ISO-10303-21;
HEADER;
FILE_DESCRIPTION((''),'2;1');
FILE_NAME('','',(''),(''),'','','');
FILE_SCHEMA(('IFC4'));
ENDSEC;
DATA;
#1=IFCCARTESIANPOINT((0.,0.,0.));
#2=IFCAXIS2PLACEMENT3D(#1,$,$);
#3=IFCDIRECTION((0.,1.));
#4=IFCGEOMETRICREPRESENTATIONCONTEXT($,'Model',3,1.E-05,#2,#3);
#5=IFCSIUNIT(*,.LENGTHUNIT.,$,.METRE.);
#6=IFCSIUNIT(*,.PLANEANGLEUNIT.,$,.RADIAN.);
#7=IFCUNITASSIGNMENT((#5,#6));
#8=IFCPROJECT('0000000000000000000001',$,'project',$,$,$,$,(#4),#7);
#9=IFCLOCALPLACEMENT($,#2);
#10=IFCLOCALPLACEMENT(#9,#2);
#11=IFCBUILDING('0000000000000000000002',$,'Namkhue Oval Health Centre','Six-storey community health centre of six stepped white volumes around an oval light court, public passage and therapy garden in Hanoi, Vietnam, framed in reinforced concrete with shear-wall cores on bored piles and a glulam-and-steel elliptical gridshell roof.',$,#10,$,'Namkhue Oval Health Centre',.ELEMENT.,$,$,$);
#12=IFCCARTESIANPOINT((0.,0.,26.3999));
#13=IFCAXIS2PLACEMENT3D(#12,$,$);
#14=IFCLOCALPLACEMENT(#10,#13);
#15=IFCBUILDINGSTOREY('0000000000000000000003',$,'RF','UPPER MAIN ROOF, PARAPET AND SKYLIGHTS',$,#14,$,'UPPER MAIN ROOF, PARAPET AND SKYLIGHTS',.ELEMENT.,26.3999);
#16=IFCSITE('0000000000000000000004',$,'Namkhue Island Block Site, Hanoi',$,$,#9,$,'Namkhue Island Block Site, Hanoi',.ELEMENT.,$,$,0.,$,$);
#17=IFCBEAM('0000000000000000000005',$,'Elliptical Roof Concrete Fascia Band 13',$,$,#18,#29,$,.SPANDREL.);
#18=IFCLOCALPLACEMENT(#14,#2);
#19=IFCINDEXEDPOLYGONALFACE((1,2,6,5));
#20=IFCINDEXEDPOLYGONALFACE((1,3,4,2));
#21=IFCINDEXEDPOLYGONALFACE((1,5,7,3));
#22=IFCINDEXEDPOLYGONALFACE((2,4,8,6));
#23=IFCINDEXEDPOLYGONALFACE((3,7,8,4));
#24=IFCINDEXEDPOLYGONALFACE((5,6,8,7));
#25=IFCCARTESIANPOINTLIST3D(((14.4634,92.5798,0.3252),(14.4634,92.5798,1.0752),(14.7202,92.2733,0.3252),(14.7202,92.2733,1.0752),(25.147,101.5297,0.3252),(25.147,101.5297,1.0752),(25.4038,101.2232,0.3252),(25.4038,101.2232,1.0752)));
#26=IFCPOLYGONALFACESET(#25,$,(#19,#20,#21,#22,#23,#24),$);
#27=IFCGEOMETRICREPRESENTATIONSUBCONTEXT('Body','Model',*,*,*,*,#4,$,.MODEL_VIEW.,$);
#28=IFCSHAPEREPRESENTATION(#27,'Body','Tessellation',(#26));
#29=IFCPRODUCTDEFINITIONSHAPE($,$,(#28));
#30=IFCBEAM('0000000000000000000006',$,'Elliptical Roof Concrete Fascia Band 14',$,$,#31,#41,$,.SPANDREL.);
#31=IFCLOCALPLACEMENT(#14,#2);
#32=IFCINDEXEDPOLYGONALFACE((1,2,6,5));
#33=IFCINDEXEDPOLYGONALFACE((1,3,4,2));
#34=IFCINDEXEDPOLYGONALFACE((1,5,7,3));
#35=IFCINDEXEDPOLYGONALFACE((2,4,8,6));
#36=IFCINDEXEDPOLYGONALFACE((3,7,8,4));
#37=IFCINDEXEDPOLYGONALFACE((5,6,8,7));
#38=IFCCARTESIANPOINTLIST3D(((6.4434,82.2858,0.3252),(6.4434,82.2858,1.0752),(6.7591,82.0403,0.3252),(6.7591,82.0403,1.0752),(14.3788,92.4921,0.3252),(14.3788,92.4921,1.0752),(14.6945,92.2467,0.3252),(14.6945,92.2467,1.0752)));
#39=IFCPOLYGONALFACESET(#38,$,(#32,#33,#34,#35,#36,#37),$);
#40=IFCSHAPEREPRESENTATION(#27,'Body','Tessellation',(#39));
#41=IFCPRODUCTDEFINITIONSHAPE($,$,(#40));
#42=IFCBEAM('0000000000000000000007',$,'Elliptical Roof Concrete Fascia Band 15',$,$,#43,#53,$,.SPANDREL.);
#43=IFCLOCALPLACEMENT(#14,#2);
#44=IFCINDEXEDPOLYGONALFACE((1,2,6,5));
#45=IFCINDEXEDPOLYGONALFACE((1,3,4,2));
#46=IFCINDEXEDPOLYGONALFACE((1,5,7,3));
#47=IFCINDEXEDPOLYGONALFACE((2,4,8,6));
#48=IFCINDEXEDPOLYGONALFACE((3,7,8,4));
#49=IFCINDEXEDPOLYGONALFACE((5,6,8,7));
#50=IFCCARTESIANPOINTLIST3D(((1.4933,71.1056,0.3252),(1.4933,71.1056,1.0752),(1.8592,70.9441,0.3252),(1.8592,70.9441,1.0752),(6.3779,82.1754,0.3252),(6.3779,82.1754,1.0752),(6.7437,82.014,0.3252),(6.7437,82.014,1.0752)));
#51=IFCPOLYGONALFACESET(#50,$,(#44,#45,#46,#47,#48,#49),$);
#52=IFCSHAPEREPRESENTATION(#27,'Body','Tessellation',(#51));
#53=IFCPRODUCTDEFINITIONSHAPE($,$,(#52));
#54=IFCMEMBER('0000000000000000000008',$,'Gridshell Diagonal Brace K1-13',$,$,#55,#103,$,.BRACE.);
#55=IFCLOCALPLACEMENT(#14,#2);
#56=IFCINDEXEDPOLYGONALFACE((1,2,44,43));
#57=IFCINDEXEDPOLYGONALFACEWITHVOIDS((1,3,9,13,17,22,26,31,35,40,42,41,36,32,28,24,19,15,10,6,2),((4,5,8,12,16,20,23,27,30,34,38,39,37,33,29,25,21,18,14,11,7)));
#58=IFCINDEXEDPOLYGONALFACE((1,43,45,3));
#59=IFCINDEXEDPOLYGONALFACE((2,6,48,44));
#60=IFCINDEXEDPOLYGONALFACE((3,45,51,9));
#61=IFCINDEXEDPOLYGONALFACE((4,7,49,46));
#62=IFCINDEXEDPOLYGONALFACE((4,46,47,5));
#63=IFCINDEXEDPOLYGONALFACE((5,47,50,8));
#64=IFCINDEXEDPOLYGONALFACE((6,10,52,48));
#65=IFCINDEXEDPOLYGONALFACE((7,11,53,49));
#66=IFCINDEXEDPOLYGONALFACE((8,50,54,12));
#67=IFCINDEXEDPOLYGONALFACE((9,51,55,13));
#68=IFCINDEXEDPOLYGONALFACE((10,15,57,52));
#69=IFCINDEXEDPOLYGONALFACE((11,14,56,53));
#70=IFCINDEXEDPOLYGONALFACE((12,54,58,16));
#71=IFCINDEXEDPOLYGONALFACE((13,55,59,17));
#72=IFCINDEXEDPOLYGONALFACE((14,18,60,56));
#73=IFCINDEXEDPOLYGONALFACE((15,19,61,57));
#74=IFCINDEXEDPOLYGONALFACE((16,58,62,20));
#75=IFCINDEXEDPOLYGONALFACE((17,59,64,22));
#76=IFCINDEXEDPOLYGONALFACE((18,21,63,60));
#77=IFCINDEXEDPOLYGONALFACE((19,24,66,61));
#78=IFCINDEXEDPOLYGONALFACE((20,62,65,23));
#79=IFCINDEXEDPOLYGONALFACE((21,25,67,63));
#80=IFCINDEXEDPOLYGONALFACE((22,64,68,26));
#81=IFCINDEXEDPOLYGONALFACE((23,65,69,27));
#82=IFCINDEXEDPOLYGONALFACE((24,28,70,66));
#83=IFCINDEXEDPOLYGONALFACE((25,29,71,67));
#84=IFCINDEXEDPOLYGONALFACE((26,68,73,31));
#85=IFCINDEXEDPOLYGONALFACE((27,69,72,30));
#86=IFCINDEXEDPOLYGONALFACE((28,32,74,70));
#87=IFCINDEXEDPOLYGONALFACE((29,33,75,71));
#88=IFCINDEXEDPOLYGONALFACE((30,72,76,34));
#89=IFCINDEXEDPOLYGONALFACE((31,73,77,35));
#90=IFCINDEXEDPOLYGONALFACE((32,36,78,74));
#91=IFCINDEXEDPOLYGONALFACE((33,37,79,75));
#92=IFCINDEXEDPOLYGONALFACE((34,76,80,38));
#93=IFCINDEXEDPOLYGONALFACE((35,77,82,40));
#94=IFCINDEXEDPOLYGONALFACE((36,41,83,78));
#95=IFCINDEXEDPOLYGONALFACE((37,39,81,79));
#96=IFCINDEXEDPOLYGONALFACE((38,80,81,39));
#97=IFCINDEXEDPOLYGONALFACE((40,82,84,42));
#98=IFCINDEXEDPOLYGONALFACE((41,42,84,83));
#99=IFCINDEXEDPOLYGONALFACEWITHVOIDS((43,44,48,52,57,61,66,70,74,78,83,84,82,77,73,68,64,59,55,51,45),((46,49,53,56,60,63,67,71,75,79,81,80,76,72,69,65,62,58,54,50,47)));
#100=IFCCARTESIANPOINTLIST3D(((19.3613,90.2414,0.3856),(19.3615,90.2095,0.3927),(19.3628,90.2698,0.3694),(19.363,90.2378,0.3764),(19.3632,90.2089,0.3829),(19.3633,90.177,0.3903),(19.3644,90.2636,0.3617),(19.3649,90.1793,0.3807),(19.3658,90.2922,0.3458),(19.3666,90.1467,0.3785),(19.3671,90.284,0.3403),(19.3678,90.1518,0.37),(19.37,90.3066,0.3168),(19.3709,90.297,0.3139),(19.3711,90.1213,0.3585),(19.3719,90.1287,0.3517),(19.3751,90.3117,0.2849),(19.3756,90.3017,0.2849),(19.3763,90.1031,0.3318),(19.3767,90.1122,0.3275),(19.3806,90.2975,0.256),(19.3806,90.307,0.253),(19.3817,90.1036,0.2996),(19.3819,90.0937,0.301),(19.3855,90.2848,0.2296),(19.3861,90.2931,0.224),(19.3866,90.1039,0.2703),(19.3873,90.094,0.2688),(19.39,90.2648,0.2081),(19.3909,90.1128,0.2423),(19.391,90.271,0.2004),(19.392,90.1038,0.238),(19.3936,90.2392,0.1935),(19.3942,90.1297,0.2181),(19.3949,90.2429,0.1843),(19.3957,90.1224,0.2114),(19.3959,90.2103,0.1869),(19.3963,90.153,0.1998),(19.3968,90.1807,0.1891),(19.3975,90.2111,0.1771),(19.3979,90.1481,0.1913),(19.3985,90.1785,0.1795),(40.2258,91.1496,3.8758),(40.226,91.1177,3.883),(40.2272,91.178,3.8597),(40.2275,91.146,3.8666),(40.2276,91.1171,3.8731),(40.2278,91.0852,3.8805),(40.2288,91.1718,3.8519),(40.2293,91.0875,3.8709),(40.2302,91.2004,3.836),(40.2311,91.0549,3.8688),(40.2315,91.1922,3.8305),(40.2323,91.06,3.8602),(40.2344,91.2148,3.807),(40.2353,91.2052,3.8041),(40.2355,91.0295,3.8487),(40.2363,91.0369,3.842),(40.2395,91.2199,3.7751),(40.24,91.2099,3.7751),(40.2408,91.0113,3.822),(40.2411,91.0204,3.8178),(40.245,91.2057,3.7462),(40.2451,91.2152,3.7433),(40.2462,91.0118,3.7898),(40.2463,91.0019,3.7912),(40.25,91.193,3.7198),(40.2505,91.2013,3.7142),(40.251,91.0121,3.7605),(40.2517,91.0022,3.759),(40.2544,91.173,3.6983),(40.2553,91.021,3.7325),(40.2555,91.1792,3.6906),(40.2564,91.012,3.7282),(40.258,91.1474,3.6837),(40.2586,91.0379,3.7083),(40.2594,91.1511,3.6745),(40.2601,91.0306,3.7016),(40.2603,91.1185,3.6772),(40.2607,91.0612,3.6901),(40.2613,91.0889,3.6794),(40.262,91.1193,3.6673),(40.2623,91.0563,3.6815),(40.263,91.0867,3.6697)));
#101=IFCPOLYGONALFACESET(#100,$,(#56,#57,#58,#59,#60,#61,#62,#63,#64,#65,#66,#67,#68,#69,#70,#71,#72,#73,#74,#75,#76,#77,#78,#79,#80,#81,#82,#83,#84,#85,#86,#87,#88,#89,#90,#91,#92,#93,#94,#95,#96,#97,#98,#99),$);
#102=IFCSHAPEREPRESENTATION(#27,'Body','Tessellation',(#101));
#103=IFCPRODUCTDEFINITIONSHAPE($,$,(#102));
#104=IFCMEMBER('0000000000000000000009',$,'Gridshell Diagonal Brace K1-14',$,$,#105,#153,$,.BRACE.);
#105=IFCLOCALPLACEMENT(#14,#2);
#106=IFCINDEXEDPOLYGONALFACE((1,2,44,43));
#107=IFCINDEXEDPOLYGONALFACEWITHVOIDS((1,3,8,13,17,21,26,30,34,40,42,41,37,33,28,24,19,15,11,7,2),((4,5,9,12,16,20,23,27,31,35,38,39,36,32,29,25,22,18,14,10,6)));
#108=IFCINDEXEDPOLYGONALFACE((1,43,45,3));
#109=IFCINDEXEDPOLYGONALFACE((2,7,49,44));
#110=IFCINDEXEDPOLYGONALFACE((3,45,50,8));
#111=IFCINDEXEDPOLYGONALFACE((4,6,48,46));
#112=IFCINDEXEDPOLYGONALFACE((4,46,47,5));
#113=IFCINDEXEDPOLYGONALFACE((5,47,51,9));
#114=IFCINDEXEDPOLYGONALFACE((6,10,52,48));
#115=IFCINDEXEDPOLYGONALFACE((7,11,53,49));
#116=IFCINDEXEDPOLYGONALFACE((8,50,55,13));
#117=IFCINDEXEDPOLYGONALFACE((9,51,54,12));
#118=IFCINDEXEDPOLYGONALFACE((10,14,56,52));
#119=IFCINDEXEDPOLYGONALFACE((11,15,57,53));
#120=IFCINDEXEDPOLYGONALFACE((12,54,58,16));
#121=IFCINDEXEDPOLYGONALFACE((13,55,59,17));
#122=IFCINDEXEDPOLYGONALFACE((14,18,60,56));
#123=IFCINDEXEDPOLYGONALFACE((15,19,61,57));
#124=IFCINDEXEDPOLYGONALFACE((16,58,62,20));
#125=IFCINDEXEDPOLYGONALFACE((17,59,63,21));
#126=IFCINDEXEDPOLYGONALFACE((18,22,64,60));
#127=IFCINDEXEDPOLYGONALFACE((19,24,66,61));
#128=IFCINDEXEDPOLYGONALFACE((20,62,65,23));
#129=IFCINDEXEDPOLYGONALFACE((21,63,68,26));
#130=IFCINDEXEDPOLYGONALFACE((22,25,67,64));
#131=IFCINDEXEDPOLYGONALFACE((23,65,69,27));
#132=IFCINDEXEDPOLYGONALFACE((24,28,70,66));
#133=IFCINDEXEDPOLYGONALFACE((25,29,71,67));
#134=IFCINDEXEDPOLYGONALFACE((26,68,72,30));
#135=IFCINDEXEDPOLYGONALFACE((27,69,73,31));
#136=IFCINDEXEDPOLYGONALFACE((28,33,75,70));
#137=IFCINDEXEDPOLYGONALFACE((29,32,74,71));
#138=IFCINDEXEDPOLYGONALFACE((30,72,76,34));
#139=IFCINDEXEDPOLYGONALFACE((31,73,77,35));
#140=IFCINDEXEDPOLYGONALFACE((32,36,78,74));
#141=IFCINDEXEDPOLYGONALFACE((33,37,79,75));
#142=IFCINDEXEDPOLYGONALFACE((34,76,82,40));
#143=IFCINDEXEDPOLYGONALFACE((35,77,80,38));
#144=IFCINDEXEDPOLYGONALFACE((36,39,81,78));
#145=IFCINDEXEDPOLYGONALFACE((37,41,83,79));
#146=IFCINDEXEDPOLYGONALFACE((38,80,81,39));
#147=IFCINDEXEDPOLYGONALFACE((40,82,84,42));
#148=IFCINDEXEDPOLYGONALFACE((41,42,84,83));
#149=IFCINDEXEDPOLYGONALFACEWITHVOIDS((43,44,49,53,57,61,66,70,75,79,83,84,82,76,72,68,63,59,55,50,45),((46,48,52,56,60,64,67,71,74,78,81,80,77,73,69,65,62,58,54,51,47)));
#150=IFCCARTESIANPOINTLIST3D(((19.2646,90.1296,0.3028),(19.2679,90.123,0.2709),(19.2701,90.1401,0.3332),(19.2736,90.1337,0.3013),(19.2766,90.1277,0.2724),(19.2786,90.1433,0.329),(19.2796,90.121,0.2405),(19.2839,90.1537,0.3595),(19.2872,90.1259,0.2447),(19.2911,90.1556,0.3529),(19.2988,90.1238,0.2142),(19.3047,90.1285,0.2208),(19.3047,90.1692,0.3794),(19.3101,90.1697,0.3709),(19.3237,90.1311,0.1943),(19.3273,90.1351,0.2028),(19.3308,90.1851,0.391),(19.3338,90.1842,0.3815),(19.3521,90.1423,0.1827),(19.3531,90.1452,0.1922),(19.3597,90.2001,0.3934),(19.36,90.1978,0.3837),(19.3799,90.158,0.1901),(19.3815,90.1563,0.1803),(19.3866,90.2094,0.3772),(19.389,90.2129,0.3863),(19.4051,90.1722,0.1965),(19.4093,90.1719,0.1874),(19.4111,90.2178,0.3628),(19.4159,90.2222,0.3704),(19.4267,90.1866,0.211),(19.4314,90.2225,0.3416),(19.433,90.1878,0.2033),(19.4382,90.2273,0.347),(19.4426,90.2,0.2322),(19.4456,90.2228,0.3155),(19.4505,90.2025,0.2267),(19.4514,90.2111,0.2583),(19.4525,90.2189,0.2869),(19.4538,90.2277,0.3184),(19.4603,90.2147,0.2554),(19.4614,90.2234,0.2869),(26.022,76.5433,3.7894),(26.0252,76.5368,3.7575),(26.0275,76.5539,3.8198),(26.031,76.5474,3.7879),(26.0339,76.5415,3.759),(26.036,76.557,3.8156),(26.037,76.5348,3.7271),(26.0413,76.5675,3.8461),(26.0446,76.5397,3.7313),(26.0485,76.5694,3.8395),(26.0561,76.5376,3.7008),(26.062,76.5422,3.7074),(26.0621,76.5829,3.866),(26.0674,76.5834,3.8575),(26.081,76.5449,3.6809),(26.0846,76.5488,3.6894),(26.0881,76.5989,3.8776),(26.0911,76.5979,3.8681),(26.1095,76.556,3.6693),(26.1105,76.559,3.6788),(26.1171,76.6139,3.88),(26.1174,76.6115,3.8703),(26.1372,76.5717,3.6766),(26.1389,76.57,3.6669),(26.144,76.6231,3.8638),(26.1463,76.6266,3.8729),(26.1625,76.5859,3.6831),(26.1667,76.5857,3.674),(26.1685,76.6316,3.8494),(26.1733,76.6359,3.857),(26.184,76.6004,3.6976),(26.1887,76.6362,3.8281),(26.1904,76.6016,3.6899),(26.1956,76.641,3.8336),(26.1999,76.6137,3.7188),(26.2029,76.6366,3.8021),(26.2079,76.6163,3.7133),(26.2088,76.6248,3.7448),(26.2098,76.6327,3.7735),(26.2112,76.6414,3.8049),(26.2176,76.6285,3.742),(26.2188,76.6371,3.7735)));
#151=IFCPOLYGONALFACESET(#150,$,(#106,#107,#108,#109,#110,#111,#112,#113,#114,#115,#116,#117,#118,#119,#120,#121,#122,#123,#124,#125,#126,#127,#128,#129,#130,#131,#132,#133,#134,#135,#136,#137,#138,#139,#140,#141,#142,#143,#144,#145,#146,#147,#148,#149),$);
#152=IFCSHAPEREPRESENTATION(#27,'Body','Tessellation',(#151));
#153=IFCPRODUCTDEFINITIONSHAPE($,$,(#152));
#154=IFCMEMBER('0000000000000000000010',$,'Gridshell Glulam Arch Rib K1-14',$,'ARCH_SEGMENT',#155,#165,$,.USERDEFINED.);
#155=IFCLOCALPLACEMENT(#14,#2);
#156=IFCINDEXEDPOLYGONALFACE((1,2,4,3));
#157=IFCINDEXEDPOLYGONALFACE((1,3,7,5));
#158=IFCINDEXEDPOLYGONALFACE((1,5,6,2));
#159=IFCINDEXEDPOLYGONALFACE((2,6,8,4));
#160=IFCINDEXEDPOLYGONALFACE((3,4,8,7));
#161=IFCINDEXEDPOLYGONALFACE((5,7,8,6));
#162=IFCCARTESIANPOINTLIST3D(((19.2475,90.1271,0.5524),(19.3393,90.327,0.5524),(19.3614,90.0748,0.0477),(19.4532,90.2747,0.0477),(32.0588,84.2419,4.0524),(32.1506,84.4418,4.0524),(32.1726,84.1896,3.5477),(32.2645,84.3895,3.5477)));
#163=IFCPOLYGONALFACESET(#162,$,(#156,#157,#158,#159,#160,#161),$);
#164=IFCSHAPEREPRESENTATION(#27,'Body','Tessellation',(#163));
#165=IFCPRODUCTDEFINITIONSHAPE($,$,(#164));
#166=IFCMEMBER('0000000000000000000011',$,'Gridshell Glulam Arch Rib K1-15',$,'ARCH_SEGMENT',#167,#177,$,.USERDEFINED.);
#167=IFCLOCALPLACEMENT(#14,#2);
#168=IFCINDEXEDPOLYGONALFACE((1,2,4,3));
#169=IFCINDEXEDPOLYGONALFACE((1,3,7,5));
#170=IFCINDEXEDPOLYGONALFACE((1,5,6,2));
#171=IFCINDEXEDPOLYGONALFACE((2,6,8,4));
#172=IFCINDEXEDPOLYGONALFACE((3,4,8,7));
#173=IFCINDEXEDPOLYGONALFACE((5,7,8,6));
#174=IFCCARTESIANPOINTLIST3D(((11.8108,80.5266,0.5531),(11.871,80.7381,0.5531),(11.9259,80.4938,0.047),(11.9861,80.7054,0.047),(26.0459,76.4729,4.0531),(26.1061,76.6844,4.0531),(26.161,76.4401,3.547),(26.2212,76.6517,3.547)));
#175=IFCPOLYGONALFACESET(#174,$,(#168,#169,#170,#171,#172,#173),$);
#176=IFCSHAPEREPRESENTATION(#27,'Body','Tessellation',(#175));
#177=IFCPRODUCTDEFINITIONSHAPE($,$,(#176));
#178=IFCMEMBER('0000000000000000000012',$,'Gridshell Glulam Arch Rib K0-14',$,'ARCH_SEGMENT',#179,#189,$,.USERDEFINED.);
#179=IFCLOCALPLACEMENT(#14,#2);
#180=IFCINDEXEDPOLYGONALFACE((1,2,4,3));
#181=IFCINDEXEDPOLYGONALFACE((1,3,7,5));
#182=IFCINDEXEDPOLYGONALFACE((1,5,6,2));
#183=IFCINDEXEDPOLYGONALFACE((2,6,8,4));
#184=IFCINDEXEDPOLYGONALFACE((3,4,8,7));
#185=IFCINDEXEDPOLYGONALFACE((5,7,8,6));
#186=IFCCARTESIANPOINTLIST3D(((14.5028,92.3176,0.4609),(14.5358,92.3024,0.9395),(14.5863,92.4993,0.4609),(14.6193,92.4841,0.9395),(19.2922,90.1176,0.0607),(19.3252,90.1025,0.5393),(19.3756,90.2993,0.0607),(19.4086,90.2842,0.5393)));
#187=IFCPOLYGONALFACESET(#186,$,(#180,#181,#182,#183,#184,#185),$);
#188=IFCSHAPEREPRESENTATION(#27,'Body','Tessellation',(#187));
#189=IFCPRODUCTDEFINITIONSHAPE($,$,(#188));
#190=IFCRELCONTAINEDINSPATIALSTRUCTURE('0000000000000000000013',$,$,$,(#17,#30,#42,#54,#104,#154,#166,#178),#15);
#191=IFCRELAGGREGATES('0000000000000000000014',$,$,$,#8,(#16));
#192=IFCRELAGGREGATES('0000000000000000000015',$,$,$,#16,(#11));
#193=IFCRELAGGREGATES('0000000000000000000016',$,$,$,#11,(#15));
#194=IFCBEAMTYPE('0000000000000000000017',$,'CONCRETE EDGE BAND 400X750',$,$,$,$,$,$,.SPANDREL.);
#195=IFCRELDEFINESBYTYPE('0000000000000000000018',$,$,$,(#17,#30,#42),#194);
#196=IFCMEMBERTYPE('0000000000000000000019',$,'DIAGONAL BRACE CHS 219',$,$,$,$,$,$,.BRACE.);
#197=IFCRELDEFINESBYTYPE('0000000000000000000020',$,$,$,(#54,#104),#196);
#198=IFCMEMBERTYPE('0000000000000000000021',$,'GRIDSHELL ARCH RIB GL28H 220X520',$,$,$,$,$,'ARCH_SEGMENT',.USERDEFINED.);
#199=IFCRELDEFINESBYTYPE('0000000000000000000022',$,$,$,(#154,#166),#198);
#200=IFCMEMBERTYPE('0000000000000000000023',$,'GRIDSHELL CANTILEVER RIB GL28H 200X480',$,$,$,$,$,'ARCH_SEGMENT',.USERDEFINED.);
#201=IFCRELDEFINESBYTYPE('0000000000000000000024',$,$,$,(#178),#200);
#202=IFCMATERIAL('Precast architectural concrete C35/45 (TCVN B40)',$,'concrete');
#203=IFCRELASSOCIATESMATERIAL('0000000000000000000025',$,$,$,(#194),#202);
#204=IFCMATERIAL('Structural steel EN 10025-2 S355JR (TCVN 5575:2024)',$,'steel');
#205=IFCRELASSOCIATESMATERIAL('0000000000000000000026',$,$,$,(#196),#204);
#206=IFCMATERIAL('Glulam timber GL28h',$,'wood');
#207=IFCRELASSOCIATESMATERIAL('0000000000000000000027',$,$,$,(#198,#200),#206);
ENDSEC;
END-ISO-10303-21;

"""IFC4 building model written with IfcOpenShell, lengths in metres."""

from ifc_helpers import new_model, si_unit, direction, frame, origin, origin_2d, place, context, subcontext, project, spatial, rectangle, hollow_circle, extrude, material, material_profile, profile_set, type_object, element, save


model = new_model("IFC4")

# Units and contexts
model_context = context("Model", 3, precision=1e-05, world=origin(), true_north=direction((0.0, 1.0)))
body_context = subcontext(model_context, "Body", "Model", "MODEL_VIEW")
ifc_project = project(units=[si_unit("LENGTHUNIT", "METRE"), si_unit("PLANEANGLEUNIT", "RADIAN")], contexts=[model_context])

# Site, building, storey
site_placement = place(None, origin())
site = spatial("IfcSite", under=ifc_project, at=site_placement, Name="Namkhue Island Block Site, Hanoi", LongName="Namkhue Island Block Site, Hanoi", CompositionType="ELEMENT", RefElevation=0.0)
building_placement = place(site_placement, origin())
building = spatial("IfcBuilding", under=site, at=building_placement, Name="Namkhue Oval Health Centre", Description="Six-storey community health centre of six stepped white volumes around an oval light court, public passage and therapy garden in Hanoi, Vietnam, framed in reinforced concrete with shear-wall cores on bored piles and a glulam-and-steel elliptical gridshell roof.", LongName="Namkhue Oval Health Centre", CompositionType="ELEMENT")
storey_placement = place(building_placement, frame((0.0, 0.0, 26.3999)))
storey = spatial("IfcBuildingStorey", under=building, at=storey_placement, Name="RF", Description="UPPER MAIN ROOF, PARAPET AND SKYLIGHTS", LongName="UPPER MAIN ROOF, PARAPET AND SKYLIGHTS", CompositionType="ELEMENT", Elevation=26.3999)

# Beams
ifc_material_1 = material(Name="Precast architectural concrete C35/45 (TCVN B40)", Category="concrete")
ifc_material_profile_1 = material_profile(ifc_material_1, rectangle(XDim=0.3999, YDim=0.75, at=origin_2d()), Name="RC 400x750")
ifc_profile_set_1 = profile_set([ifc_material_profile_1], Name="Precast architectural concrete C35/45 (TCVN B40)")
beam_type = type_object("IfcBeamType", Name="CONCRETE EDGE BAND 400X750", PredefinedType="SPANDREL", material=ifc_profile_set_1)
beam_1_placement = place(storey_placement, frame((25.2754, 101.3765, 0.7002), z_axis=(-0.766562, -0.642171, 0.0), x_axis=(0.642171, -0.766562, 0.0)))
element("IfcBeam", 1, at=beam_1_placement, inside=storey, type_object=beam_type, Name="Elliptical Roof Concrete Fascia Band 13", PredefinedType="SPANDREL", context=body_context, shape_type="SweptSolid", body=[
    extrude(rectangle(XDim=0.3999, YDim=0.75, at=origin_2d()), origin(), (0.0, 0.0, 1.0), 13.937),
])
beam_2_placement = place(storey_placement, frame((14.5366, 92.3694, 0.7002), z_axis=(-0.613799, -0.789462, 0.0), x_axis=(0.789462, -0.613799, 0.0)))
element("IfcBeam", 2, at=beam_2_placement, inside=storey, type_object=beam_type, Name="Elliptical Roof Concrete Fascia Band 14", PredefinedType="SPANDREL", context=body_context, shape_type="SweptSolid", body=[
    extrude(rectangle(XDim=0.3999, YDim=0.75, at=origin_2d()), origin(), (0.0, 0.0, 1.0), 12.9282),
])
beam_3_placement = place(storey_placement, frame((6.5608, 82.0947, 0.7002), z_axis=(-0.403694, -0.914894, 0.0), x_axis=(0.914894, -0.403694, 0.0)))
element("IfcBeam", 3, at=beam_3_placement, inside=storey, type_object=beam_type, Name="Elliptical Roof Concrete Fascia Band 15", PredefinedType="SPANDREL", context=body_context, shape_type="SweptSolid", body=[
    extrude(rectangle(XDim=0.3999, YDim=0.75, at=origin_2d()), origin(), (0.0, 0.0, 1.0), 12.0996),
])

# Members
ifc_material_2 = material(Name="Structural steel EN 10025-2 S355JR (TCVN 5575:2024)", Category="steel")
ifc_material_profile_2 = material_profile(ifc_material_2, hollow_circle(Radius=0.1096, WallThickness=0.01, at=origin_2d()), Name="CHS 219.1x10")
ifc_profile_set_2 = profile_set([ifc_material_profile_2], Name="Structural steel EN 10025-2 S355JR (TCVN 5575:2024)")
member_type_1 = type_object("IfcMemberType", Name="DIAGONAL BRACE CHS 219", PredefinedType="BRACE", material=ifc_profile_set_2)
member_1_placement = place(storey_placement, frame((19.3799, 90.2021, 0.2849), z_axis=(0.985388, 0.042893, 0.164837), x_axis=(-0.043487, 0.999054, 0.0)))
element("IfcMember", 4, at=member_1_placement, inside=storey, type_object=member_type_1, Name="Gridshell Diagonal Brace K1-13", PredefinedType="BRACE", context=body_context, shape_type="SweptSolid", body=[
    extrude(hollow_circle(Radius=0.1096, WallThickness=0.01, at=origin_2d()), origin(), (0.0, 0.0, 1.0), 21.1738),
])
member_2_placement = place(storey_placement, frame((19.3633, 90.1746, 0.2869), z_axis=(0.434017, -0.872628, 0.223939), x_axis=(0.895368, 0.445327, 0.0)))
element("IfcMember", 5, at=member_2_placement, inside=storey, type_object=member_type_1, Name="Gridshell Diagonal Brace K1-14", PredefinedType="BRACE", context=body_context, shape_type="SweptSolid", body=[
    extrude(hollow_circle(Radius=0.1096, WallThickness=0.01, at=origin_2d()), origin(), (0.0, 0.0, 1.0), 15.5693),
])
ifc_material_3 = material(Name="Glulam timber GL28h", Category="wood")
ifc_material_profile_3 = material_profile(ifc_material_3, rectangle(XDim=0.22, YDim=0.52, at=origin_2d()), Name="GL28h 220x520")
ifc_profile_set_3 = profile_set([ifc_material_profile_3], Name="Glulam timber GL28h")
member_type_2 = type_object("IfcMemberType", Name="GRIDSHELL ARCH RIB GL28H 220X520", ElementType="ARCH_SEGMENT", PredefinedType="USERDEFINED", material=ifc_profile_set_3)
member_3_placement = place(storey_placement, frame((19.3503, 90.2009, 0.3), z_axis=(0.881933, -0.405143, 0.240941), x_axis=(0.417441, 0.908704, 0.0)))
element("IfcMember", 6, at=member_3_placement, inside=storey, type_object=member_type_2, Name="Gridshell Glulam Arch Rib K1-14", ObjectType="ARCH_SEGMENT", PredefinedType="USERDEFINED", context=body_context, shape_type="SweptSolid", body=[
    extrude(rectangle(XDim=0.22, YDim=0.52, at=origin_2d()), origin(), (0.0, 0.0, 1.0), 14.5264),
])
member_4_placement = place(storey_placement, frame((11.8984, 80.616, 0.3), z_axis=(0.935952, -0.26653, 0.230123), x_axis=(0.27388, 0.961764, 0.0)))
element("IfcMember", 7, at=member_4_placement, inside=storey, type_object=member_type_2, Name="Gridshell Glulam Arch Rib K1-15", ObjectType="ARCH_SEGMENT", PredefinedType="USERDEFINED", context=body_context, shape_type="SweptSolid", body=[
    extrude(rectangle(XDim=0.22, YDim=0.52, at=origin_2d()), origin(), (0.0, 0.0, 1.0), 15.2092),
])
ifc_material_profile_4 = material_profile(ifc_material_3, rectangle(XDim=0.2, YDim=0.48, at=origin_2d()), Name="GL28h 200x480")
ifc_profile_set_4 = profile_set([ifc_material_profile_4], Name="Glulam timber GL28h")
member_type_3 = type_object("IfcMemberType", Name="GRIDSHELL CANTILEVER RIB GL28H 200X480", ElementType="ARCH_SEGMENT", PredefinedType="USERDEFINED", material=ifc_profile_set_4)
member_5_placement = place(storey_placement, frame((14.561, 92.4009, 0.7002), z_axis=(0.906108, -0.416218, -0.075705), x_axis=(0.417415, 0.908716, 0.0)))
element("IfcMember", 8, at=member_5_placement, inside=storey, type_object=member_type_3, Name="Gridshell Glulam Arch Rib K0-14", ObjectType="ARCH_SEGMENT", PredefinedType="USERDEFINED", context=body_context, shape_type="SweptSolid", body=[
    extrude(rectangle(XDim=0.2, YDim=0.48, at=origin_2d()), origin(), (0.0, 0.0, 1.0), 5.2856),
])

save(model, "model.ifc")
